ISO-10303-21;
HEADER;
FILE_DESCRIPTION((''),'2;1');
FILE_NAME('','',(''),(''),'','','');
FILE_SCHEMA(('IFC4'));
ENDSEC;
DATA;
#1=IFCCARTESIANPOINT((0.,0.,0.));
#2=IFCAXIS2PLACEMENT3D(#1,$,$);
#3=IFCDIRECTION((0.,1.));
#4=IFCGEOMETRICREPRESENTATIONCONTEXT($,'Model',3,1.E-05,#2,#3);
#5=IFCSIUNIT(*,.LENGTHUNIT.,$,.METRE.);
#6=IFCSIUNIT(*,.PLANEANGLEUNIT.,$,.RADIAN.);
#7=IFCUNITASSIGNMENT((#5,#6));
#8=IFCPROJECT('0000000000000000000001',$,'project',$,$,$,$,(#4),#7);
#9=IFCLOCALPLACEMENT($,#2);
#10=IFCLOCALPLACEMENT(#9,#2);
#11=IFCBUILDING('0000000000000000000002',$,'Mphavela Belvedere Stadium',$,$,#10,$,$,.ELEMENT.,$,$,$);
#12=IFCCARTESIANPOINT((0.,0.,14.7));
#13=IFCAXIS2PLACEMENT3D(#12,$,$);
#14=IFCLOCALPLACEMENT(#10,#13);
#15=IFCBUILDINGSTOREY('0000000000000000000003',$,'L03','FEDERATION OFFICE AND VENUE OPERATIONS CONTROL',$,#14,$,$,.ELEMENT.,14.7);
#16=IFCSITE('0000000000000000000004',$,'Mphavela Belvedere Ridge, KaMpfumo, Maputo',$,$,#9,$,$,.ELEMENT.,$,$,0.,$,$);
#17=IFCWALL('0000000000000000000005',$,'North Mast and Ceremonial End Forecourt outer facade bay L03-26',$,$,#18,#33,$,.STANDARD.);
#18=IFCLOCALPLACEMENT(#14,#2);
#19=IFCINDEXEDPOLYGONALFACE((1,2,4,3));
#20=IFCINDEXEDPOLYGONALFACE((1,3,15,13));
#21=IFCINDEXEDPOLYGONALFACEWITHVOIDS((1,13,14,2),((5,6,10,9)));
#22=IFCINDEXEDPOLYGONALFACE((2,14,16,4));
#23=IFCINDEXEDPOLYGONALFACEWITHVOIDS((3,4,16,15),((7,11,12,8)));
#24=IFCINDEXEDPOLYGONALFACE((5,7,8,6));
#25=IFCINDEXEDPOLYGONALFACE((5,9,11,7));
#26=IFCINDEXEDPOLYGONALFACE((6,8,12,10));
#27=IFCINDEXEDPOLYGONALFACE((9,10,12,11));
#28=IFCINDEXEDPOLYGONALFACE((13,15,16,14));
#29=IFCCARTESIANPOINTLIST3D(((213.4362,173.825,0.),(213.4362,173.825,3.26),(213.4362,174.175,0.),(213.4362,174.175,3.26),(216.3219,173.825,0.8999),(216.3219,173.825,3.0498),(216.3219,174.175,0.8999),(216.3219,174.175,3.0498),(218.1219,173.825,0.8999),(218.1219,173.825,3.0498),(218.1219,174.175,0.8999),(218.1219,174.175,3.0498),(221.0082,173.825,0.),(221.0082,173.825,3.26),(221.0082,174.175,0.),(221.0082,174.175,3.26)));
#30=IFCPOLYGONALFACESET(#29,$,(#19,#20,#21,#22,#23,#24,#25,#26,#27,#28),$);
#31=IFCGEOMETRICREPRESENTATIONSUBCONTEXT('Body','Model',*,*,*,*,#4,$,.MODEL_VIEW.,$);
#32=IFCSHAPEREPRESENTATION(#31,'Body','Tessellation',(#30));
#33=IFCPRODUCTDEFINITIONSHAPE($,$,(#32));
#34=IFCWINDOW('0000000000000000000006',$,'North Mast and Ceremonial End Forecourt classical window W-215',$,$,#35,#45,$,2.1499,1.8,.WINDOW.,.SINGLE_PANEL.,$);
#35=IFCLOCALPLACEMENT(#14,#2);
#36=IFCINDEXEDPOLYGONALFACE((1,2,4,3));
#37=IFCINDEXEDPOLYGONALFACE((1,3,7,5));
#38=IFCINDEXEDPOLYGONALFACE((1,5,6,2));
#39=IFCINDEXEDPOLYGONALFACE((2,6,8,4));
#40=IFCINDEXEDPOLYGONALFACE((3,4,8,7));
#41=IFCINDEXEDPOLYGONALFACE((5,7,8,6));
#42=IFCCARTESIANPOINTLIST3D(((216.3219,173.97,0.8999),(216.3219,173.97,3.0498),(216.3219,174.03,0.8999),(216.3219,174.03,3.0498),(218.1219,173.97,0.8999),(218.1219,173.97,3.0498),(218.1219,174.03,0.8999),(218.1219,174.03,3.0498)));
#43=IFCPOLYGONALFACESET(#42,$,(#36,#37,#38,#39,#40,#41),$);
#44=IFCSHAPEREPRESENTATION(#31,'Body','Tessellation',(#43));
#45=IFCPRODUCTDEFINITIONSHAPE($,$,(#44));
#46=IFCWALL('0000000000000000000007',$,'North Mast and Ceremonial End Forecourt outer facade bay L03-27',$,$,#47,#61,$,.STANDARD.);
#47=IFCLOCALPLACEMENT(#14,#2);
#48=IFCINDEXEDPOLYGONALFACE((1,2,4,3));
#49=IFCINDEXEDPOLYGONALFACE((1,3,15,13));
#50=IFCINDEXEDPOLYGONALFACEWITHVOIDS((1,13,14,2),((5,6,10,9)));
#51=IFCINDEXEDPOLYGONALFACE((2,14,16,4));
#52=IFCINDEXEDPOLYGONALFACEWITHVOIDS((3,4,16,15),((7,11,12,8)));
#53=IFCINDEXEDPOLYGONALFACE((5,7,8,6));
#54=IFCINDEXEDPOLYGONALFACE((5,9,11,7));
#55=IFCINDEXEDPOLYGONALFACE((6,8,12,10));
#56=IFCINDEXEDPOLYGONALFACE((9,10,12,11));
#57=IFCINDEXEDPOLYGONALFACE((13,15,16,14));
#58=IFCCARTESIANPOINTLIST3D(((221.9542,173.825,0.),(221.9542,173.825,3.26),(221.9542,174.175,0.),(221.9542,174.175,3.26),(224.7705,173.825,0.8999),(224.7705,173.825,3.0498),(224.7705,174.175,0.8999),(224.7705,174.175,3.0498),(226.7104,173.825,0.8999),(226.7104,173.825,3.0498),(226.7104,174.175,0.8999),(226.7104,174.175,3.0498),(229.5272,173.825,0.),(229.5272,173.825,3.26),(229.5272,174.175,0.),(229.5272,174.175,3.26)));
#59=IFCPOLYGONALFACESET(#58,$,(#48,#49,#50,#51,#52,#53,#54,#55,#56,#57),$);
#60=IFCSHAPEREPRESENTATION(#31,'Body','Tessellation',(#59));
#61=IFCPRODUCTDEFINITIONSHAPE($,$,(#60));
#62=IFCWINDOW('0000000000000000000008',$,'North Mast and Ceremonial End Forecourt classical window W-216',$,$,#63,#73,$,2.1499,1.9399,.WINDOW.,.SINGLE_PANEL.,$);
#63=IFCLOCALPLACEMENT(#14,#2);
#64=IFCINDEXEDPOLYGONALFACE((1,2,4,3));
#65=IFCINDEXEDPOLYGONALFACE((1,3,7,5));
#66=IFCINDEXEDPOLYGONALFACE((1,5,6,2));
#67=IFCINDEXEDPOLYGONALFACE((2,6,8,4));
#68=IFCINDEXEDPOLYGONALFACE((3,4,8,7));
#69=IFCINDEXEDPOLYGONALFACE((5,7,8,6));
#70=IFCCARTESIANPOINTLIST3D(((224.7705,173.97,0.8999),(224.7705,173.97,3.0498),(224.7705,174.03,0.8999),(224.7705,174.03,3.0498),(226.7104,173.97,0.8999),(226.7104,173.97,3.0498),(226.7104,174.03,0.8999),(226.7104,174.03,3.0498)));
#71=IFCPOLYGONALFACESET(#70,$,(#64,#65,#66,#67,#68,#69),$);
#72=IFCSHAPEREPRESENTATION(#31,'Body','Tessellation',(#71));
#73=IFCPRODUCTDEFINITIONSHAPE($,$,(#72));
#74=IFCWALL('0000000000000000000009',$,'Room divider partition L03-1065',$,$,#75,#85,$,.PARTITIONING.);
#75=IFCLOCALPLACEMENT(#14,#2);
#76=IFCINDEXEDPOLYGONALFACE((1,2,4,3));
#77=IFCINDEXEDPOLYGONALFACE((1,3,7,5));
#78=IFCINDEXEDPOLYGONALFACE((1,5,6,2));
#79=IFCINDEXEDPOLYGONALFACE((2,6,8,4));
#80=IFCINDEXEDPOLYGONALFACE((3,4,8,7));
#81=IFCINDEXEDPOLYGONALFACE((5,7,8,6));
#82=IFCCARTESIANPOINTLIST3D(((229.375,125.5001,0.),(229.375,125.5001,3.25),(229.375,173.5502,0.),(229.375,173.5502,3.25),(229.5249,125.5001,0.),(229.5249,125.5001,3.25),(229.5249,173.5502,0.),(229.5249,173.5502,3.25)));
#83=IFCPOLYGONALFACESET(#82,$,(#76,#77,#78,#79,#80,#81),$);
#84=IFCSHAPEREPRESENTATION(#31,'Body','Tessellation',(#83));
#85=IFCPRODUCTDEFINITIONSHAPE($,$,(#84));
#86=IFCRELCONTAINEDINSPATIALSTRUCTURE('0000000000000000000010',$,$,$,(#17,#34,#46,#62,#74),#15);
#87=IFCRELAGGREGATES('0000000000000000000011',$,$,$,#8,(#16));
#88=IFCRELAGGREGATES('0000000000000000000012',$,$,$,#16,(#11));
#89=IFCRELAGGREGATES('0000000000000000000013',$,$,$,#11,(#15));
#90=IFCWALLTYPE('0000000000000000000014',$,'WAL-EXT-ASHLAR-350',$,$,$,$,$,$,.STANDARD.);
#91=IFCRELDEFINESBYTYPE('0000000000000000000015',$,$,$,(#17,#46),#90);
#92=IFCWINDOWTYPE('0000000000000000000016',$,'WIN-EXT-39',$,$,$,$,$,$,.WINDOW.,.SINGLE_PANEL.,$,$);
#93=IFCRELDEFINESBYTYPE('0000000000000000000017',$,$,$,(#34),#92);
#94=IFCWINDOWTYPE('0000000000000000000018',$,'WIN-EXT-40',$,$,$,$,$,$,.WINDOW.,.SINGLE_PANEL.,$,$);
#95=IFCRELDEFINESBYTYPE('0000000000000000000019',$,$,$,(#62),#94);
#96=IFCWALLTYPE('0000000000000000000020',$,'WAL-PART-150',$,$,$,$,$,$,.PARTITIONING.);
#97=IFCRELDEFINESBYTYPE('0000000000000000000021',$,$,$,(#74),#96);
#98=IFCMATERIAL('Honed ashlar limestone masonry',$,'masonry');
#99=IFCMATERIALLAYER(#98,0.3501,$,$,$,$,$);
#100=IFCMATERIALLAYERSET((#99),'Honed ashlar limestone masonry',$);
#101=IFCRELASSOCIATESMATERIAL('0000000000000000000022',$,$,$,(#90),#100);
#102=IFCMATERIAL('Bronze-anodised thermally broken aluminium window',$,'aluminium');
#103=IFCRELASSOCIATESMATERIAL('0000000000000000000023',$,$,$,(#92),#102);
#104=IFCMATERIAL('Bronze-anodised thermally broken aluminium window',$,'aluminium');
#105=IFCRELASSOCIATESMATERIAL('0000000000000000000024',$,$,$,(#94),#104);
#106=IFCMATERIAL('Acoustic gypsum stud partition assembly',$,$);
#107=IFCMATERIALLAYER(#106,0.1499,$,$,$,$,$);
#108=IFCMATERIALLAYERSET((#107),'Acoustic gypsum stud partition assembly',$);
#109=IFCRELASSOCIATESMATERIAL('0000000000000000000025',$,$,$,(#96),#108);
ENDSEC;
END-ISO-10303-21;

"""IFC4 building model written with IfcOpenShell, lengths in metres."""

from ifc_helpers import new_model, si_unit, direction, frame, frame_2d, origin, place, context, subcontext, project, spatial, rectangle, extrude, material, layer, layer_set, type_object, element, fill, save


model = new_model("IFC4")

# Units and contexts
model_context = context("Model", 3, precision=1e-05, world=origin(), true_north=direction((0.0, 1.0)))
body_context = subcontext(model_context, "Body", "Model", "MODEL_VIEW")
ifc_project = project(units=[si_unit("LENGTHUNIT", "METRE"), si_unit("PLANEANGLEUNIT", "RADIAN")], contexts=[model_context])

# Site, building, storey
site_placement = place(None, origin())
site = spatial("IfcSite", under=ifc_project, at=site_placement, Name="Mphavela Belvedere Ridge, KaMpfumo, Maputo", CompositionType="ELEMENT", RefElevation=0.0)
building_placement = place(site_placement, origin())
building = spatial("IfcBuilding", under=site, at=building_placement, Name="Mphavela Belvedere Stadium", CompositionType="ELEMENT")
storey_placement = place(building_placement, frame((0.0, 0.0, 14.7)))
storey = spatial("IfcBuildingStorey", under=building, at=storey_placement, Name="L03", Description="FEDERATION OFFICE AND VENUE OPERATIONS CONTROL", CompositionType="ELEMENT", Elevation=14.7)

# Walls, openings, windows
ifc_material_1 = material(Name="Honed ashlar limestone masonry", Category="masonry")
ifc_layer_1 = layer(ifc_material_1, 0.3501)
ifc_layer_set_1 = layer_set([ifc_layer_1], Name="Honed ashlar limestone masonry")
wall_type_1 = type_object("IfcWallType", Name="WAL-EXT-ASHLAR-350", PredefinedType="STANDARD", material=ifc_layer_set_1)
wall_1_placement = place(storey_placement, frame((213.436, 174.0, 0.0), z_axis=(0.0, 0.0, 1.0), x_axis=(1.0, 0.0, 0.0)))
wall_1 = element("IfcWall", 1, at=wall_1_placement, inside=storey, type_object=wall_type_1, Name="North Mast and Ceremonial End Forecourt outer facade bay L03-26", PredefinedType="STANDARD", context=body_context, shape_type="SweptSolid", body=[
    extrude(rectangle(XDim=7.572, YDim=0.3501, at=frame_2d((3.7861, 0.0))), origin(), (0.0, 0.0, 1.0), 3.26),
])
opening_1_placement = place(wall_1_placement, frame((2.886, 0.0, 0.8999)))
opening_1 = element("IfcOpeningElement", 2, at=opening_1_placement, cuts=wall_1, PredefinedType="OPENING", context=body_context, shape_type="SweptSolid", body=[
    extrude(rectangle(XDim=1.8, YDim=2.1499, at=frame_2d((0.8999, 1.075))), frame((0.0, 0.1851, 0.0), z_axis=(0.0, -1.0, 0.0), x_axis=(1.0, 0.0, 0.0)), (0.0, 0.0, 1.0), 0.3701),
])
ifc_material_2 = material(Name="Bronze-anodised thermally broken aluminium window", Category="aluminium")
window_type_1 = type_object("IfcWindowType", Name="WIN-EXT-39", PartitioningType="SINGLE_PANEL", PredefinedType="WINDOW", material=ifc_material_2)
window_1_placement = place(opening_1_placement, origin())
window_1 = element("IfcWindow", 3, at=window_1_placement, inside=storey, type_object=window_type_1, Name="North Mast and Ceremonial End Forecourt classical window W-215", OverallHeight=2.1499, OverallWidth=1.8, PartitioningType="SINGLE_PANEL", PredefinedType="WINDOW", context=body_context, shape_type="SweptSolid", body=[
    extrude(rectangle(XDim=1.8, YDim=2.1499, at=frame_2d((0.8999, 1.075))), frame((0.0, 0.03, 0.0), z_axis=(0.0, -1.0, 0.0), x_axis=(1.0, 0.0, 0.0)), (0.0, 0.0, 1.0), 0.0601),
])
fill(opening_1, window_1)
wall_2_placement = place(storey_placement, frame((221.9541, 174.0, 0.0), z_axis=(0.0, 0.0, 1.0), x_axis=(1.0, 0.0, 0.0)))
wall_2 = element("IfcWall", 4, at=wall_2_placement, inside=storey, type_object=wall_type_1, Name="North Mast and Ceremonial End Forecourt outer facade bay L03-27", PredefinedType="STANDARD", context=body_context, shape_type="SweptSolid", body=[
    extrude(rectangle(XDim=7.573, YDim=0.3501, at=frame_2d((3.7866, 0.0))), origin(), (0.0, 0.0, 1.0), 3.26),
])
opening_2_placement = place(wall_2_placement, frame((2.8164, 0.0, 0.8999)))
opening_2 = element("IfcOpeningElement", 5, at=opening_2_placement, cuts=wall_2, PredefinedType="OPENING", context=body_context, shape_type="SweptSolid", body=[
    extrude(rectangle(XDim=1.9399, YDim=2.1499, at=frame_2d((0.97, 1.075))), frame((0.0, 0.1851, 0.0), z_axis=(0.0, -1.0, 0.0), x_axis=(1.0, 0.0, 0.0)), (0.0, 0.0, 1.0), 0.3701),
])
ifc_material_3 = material(Name="Bronze-anodised thermally broken aluminium window", Category="aluminium")
window_type_2 = type_object("IfcWindowType", Name="WIN-EXT-40", PartitioningType="SINGLE_PANEL", PredefinedType="WINDOW", material=ifc_material_3)
window_2_placement = place(opening_2_placement, origin())
window_2 = element("IfcWindow", 6, at=window_2_placement, inside=storey, type_object=window_type_2, Name="North Mast and Ceremonial End Forecourt classical window W-216", OverallHeight=2.1499, OverallWidth=1.9399, PartitioningType="SINGLE_PANEL", PredefinedType="WINDOW", context=body_context, shape_type="SweptSolid", body=[
    extrude(rectangle(XDim=1.9399, YDim=2.1499, at=frame_2d((0.97, 1.075))), frame((0.0, 0.03, 0.0), z_axis=(0.0, -1.0, 0.0), x_axis=(1.0, 0.0, 0.0)), (0.0, 0.0, 1.0), 0.0601),
])
fill(opening_2, window_2)

# Wall
ifc_material_4 = material(Name="Acoustic gypsum stud partition assembly")
ifc_layer_2 = layer(ifc_material_4, 0.1499)
ifc_layer_set_2 = layer_set([ifc_layer_2], Name="Acoustic gypsum stud partition assembly")
wall_type_2 = type_object("IfcWallType", Name="WAL-PART-150", PredefinedType="PARTITIONING", material=ifc_layer_set_2)
wall_3_placement = place(storey_placement, frame((229.45, 173.55, 0.0), z_axis=(0.0, 0.0, 1.0), x_axis=(0.0, -1.0, 0.0)))
element("IfcWall", 7, at=wall_3_placement, inside=storey, type_object=wall_type_2, Name="Room divider partition L03-1065", PredefinedType="PARTITIONING", context=body_context, shape_type="SweptSolid", body=[
    extrude(rectangle(XDim=48.05, YDim=0.1499, at=frame_2d((24.0249, 0.0))), origin(), (0.0, 0.0, 1.0), 3.25),
])

save(model, "model.ifc")
